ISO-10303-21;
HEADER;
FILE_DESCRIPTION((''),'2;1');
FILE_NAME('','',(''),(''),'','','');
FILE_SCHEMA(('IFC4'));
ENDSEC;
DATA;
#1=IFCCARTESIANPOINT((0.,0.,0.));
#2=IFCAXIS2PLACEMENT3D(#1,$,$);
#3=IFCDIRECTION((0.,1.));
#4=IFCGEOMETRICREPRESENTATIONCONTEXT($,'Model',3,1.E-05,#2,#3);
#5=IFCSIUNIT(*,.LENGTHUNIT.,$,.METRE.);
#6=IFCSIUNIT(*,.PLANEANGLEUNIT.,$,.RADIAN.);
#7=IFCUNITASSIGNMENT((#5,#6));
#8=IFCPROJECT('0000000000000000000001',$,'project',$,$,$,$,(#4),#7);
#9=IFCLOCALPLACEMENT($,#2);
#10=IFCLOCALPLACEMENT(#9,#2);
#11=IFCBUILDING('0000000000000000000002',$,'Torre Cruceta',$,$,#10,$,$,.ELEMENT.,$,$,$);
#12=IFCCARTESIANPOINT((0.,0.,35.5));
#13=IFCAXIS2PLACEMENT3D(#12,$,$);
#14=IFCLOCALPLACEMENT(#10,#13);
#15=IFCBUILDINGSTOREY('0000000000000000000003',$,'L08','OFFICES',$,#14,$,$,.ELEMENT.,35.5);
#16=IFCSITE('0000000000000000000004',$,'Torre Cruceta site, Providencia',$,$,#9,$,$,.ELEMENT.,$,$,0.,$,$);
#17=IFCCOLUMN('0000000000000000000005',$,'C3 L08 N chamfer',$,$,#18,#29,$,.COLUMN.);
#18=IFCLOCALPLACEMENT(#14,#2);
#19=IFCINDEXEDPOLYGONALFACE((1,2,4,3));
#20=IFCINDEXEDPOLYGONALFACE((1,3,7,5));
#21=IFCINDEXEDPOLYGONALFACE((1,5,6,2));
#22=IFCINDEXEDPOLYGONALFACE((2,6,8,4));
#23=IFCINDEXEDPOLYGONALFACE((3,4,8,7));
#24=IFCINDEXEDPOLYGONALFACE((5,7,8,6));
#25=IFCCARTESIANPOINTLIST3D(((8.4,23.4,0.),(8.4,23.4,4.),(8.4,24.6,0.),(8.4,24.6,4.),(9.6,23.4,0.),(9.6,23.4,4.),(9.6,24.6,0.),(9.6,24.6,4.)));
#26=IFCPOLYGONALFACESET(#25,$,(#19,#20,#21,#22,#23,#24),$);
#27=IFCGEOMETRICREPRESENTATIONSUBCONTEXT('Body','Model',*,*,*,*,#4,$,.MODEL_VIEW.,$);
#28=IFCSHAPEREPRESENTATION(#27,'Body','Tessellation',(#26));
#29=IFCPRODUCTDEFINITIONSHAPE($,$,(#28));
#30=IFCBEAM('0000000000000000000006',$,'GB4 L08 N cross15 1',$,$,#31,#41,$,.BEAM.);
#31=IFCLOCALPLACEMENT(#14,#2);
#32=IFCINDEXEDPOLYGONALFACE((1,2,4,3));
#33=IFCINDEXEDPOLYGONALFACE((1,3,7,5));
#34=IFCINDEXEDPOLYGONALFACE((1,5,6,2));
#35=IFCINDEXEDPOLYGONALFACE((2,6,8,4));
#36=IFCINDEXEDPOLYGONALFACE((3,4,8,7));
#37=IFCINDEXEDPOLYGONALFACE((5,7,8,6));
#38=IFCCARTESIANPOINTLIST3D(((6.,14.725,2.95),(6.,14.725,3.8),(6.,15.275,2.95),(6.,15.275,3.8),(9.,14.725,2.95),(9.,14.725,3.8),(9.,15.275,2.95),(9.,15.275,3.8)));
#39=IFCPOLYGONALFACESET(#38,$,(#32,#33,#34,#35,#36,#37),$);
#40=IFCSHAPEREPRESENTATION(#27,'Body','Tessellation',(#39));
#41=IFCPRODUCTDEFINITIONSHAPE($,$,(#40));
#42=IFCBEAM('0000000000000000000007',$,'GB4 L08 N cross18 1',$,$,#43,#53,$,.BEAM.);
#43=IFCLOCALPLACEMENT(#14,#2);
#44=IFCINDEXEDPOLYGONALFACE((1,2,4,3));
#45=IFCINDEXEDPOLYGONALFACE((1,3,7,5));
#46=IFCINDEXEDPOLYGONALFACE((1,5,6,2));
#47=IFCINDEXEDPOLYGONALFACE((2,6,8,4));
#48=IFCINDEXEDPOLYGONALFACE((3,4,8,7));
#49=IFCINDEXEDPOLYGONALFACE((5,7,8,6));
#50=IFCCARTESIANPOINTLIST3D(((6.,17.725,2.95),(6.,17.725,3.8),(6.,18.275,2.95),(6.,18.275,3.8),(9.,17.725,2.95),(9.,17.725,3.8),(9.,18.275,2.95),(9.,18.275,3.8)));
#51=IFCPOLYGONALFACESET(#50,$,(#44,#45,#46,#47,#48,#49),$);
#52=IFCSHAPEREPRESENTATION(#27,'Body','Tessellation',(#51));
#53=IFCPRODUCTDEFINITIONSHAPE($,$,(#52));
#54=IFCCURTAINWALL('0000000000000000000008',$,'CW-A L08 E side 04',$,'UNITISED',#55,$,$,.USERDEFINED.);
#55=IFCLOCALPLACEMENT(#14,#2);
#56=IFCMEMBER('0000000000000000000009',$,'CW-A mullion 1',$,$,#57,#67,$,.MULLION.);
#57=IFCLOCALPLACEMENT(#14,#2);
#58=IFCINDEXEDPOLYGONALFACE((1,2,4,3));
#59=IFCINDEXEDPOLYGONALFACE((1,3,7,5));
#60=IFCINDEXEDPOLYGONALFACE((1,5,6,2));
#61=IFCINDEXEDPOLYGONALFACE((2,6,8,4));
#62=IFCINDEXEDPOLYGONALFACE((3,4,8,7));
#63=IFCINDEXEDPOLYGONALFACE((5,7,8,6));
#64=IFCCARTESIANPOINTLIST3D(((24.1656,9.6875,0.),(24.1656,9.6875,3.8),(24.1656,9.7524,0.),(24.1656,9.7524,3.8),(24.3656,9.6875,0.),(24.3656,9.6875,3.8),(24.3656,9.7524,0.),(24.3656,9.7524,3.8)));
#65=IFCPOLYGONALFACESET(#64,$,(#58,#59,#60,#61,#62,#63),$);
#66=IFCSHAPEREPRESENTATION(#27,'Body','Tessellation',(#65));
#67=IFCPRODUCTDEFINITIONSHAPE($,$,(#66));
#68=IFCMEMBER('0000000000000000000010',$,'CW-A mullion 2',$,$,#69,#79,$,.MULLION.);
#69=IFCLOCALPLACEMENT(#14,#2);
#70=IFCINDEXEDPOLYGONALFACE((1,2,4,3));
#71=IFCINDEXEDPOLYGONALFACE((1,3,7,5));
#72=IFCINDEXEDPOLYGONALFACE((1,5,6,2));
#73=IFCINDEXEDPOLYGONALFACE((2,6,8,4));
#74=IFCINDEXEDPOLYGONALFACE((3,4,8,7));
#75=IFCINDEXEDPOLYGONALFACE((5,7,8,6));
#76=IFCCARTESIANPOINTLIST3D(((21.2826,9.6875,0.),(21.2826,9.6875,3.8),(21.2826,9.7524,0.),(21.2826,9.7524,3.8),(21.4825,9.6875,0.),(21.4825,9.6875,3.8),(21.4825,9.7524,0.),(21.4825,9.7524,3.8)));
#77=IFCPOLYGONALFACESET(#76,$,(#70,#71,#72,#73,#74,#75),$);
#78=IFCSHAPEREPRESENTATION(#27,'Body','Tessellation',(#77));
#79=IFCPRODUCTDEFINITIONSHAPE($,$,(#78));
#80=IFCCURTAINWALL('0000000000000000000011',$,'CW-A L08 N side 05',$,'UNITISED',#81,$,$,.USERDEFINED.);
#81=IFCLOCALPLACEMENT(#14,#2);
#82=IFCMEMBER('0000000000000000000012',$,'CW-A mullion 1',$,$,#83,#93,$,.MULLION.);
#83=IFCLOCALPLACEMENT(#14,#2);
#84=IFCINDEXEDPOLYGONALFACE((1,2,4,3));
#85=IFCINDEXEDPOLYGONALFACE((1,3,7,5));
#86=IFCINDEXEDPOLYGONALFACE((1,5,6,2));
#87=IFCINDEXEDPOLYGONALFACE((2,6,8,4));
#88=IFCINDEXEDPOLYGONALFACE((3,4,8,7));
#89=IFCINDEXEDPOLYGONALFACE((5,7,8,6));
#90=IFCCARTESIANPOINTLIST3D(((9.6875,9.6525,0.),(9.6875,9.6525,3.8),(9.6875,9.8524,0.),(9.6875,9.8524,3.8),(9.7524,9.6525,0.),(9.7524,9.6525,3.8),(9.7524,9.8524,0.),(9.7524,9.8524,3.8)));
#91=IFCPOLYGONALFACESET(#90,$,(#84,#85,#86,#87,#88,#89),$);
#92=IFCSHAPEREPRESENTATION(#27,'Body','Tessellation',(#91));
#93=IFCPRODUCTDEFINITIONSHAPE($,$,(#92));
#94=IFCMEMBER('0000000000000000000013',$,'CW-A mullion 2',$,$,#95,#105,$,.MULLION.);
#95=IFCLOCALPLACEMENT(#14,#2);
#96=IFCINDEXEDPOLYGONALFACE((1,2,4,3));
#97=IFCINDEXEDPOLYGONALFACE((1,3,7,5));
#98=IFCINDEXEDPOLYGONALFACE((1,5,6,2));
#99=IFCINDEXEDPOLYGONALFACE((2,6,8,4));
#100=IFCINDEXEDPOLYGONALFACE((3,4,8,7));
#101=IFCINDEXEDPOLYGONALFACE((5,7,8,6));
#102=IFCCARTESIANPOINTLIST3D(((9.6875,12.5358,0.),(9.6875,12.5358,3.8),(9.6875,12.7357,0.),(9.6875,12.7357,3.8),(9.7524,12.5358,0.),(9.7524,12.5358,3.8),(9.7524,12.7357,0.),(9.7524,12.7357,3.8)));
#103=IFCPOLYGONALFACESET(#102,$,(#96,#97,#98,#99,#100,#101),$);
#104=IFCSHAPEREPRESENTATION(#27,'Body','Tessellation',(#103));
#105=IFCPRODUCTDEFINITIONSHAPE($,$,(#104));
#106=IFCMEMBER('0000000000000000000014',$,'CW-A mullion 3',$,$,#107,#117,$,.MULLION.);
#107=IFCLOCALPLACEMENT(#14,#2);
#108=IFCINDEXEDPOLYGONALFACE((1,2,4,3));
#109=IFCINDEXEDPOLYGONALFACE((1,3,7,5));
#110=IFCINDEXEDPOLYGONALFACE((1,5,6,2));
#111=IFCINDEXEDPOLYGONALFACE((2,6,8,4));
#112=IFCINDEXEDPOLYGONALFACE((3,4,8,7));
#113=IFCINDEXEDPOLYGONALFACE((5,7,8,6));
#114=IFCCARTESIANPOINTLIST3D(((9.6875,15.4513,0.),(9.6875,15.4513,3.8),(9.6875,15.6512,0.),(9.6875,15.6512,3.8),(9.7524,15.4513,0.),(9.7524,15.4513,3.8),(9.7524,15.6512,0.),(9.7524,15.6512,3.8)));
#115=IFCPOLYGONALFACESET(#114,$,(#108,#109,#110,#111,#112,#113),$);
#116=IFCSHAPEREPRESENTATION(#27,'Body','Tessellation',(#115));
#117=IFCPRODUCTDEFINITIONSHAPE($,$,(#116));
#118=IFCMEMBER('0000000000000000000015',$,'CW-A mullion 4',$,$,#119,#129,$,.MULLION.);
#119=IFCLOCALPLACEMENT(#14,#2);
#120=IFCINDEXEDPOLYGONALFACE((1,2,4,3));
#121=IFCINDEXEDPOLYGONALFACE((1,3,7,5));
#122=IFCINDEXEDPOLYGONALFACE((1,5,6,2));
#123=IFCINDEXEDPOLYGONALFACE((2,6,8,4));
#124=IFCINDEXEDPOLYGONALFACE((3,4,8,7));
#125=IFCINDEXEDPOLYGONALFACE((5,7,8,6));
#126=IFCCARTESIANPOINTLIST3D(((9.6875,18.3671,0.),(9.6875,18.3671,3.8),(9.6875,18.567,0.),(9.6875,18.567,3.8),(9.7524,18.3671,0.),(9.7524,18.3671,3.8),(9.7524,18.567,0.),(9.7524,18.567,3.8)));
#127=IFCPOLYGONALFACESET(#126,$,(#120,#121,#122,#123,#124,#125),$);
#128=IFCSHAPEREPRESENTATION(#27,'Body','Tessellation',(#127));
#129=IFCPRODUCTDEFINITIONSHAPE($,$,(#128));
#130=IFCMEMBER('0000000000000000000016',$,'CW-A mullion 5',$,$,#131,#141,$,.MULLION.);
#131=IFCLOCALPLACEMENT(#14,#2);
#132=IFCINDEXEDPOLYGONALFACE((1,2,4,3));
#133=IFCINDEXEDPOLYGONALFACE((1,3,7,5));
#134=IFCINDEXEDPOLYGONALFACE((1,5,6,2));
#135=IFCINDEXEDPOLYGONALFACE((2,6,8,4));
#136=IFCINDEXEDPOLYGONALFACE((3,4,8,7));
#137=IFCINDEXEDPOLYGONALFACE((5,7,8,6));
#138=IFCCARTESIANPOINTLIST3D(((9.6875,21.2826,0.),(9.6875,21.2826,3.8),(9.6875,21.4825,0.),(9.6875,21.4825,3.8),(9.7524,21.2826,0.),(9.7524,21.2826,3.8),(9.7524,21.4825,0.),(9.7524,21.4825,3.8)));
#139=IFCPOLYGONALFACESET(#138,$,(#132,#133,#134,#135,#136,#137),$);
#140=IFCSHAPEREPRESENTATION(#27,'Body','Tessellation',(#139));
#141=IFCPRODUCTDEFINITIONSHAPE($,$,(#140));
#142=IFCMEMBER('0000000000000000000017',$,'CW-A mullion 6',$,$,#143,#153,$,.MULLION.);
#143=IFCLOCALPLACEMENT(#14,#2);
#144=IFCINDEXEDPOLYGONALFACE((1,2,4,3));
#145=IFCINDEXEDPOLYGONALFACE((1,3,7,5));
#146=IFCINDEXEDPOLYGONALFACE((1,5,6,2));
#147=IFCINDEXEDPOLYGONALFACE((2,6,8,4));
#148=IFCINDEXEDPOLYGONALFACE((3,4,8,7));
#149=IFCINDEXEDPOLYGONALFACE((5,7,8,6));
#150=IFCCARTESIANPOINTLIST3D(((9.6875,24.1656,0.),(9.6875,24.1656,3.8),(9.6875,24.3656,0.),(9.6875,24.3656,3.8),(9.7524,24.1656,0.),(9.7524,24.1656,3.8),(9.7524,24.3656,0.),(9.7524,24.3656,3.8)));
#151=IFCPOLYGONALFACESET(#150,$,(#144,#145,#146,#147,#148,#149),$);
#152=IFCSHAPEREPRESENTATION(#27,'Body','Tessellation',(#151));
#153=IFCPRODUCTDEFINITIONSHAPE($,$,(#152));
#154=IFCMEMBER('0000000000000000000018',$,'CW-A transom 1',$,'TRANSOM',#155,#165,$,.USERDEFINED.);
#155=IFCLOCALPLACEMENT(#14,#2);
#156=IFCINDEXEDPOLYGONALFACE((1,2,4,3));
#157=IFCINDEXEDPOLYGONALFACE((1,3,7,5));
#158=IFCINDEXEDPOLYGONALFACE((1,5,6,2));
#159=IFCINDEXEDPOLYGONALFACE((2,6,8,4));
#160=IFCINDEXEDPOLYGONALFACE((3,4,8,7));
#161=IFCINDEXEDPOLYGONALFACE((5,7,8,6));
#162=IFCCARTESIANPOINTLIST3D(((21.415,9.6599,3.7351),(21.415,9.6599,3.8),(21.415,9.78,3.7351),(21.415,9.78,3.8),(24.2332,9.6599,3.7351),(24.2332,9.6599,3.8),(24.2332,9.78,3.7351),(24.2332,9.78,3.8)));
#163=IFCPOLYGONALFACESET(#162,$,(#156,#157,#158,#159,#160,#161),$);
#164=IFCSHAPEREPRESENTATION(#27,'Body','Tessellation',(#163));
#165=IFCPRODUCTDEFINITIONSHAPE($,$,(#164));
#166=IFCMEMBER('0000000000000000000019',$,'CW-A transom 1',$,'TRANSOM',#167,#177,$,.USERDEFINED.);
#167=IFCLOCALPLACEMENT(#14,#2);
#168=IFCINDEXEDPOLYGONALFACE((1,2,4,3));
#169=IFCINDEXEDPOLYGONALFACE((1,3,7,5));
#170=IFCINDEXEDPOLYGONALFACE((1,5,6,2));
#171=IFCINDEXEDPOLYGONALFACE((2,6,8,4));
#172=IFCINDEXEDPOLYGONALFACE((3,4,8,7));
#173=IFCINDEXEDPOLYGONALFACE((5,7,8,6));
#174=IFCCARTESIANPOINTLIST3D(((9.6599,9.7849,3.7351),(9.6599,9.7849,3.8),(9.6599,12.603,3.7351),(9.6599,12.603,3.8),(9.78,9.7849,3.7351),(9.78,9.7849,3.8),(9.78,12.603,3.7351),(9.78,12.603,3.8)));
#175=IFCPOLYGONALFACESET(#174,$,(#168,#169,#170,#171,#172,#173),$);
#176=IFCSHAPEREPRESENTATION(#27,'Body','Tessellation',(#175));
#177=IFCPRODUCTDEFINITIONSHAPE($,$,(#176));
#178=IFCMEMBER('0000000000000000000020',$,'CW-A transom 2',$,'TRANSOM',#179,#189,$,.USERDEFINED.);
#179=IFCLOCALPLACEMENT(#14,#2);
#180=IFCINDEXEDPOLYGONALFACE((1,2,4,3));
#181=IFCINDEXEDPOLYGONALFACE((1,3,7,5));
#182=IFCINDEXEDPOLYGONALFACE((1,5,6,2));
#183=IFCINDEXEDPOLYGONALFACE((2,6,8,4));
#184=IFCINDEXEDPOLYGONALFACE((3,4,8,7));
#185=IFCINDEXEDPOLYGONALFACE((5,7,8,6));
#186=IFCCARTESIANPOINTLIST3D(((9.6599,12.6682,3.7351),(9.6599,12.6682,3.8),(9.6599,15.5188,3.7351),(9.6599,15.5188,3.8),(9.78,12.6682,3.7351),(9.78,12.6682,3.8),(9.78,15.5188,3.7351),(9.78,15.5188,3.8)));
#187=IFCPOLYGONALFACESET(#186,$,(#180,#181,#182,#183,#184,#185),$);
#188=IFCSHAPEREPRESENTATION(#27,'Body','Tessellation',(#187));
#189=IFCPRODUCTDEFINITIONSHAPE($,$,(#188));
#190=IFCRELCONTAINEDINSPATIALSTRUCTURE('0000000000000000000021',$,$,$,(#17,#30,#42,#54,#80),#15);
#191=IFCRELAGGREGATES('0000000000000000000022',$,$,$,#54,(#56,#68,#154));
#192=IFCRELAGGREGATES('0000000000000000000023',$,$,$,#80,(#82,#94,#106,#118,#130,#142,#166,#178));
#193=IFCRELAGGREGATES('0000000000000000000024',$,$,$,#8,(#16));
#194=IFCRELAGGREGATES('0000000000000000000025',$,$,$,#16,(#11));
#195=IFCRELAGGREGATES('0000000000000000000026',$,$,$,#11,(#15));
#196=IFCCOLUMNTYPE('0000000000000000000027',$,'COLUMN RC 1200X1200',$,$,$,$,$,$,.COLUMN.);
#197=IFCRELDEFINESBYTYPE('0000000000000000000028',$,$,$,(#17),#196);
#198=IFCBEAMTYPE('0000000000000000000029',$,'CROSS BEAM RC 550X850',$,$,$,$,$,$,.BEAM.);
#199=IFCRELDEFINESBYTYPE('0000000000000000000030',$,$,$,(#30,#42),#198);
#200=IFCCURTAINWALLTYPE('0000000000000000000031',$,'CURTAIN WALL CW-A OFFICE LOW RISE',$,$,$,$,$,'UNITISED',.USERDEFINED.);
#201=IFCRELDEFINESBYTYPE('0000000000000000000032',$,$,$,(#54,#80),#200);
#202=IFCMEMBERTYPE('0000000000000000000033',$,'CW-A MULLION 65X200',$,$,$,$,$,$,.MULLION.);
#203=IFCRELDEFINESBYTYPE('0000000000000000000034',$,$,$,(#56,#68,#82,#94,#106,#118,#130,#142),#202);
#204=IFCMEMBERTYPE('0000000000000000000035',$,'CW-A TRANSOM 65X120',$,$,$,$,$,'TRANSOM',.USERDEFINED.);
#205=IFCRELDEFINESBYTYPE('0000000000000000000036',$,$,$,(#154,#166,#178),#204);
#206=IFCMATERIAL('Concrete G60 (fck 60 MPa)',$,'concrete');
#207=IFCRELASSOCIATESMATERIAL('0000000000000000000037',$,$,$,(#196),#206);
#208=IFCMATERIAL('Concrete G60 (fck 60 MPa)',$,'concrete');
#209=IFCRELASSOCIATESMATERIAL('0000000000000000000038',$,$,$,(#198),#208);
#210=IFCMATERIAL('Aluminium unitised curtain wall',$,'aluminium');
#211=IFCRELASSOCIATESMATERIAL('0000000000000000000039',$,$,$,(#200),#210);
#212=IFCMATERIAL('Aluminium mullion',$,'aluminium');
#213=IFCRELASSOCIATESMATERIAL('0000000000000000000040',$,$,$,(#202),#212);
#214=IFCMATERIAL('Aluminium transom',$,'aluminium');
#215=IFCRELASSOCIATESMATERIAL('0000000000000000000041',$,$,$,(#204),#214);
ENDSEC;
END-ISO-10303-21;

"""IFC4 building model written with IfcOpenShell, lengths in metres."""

from ifc_helpers import new_model, si_unit, direction, frame, origin, origin_2d, place, context, subcontext, project, spatial, rectangle, extrude, material, material_profile, profile_set, type_object, element, aggregate, save


model = new_model("IFC4")

# Units and contexts
model_context = context("Model", 3, precision=1e-05, world=origin(), true_north=direction((0.0, 1.0)))
body_context = subcontext(model_context, "Body", "Model", "MODEL_VIEW")
ifc_project = project(units=[si_unit("LENGTHUNIT", "METRE"), si_unit("PLANEANGLEUNIT", "RADIAN")], contexts=[model_context])

# Site, building, storey
site_placement = place(None, origin())
site = spatial("IfcSite", under=ifc_project, at=site_placement, Name="Torre Cruceta site, Providencia", CompositionType="ELEMENT", RefElevation=0.0)
building_placement = place(site_placement, origin())
building = spatial("IfcBuilding", under=site, at=building_placement, Name="Torre Cruceta", CompositionType="ELEMENT")
storey_placement = place(building_placement, frame((0.0, 0.0, 35.5)))
storey = spatial("IfcBuildingStorey", under=building, at=storey_placement, Name="L08", Description="OFFICES", CompositionType="ELEMENT", Elevation=35.5)

# Column
ifc_material_1 = material(Name="Concrete G60 (fck 60 MPa)", Category="concrete")
ifc_material_profile_1 = material_profile(ifc_material_1, rectangle(XDim=1.2, YDim=1.2, at=origin_2d()), Name="RC 1200X1200")
ifc_profile_set_1 = profile_set([ifc_material_profile_1], Name="Concrete G60 (fck 60 MPa)")
column_type = type_object("IfcColumnType", Name="COLUMN RC 1200X1200", PredefinedType="COLUMN", material=ifc_profile_set_1)
column_placement = place(storey_placement, frame((9.0, 24.0, 0.0), z_axis=(0.0, 0.0, 1.0), x_axis=(1.0, 0.0, 0.0)))
element("IfcColumn", 1, at=column_placement, inside=storey, type_object=column_type, Name="C3 L08 N chamfer", PredefinedType="COLUMN", context=body_context, shape_type="SweptSolid", body=[
    extrude(rectangle(XDim=1.2, YDim=1.2, at=origin_2d()), origin(), (0.0, 0.0, 1.0), 4.0),
])

# Beams
ifc_material_2 = material(Name="Concrete G60 (fck 60 MPa)", Category="concrete")
ifc_material_profile_2 = material_profile(ifc_material_2, rectangle(XDim=0.55, YDim=0.8501, at=origin_2d()), Name="RC 550X850")
ifc_profile_set_2 = profile_set([ifc_material_profile_2], Name="Concrete G60 (fck 60 MPa)")
beam_type_1 = type_object("IfcBeamType", Name="CROSS BEAM RC 550X850", PredefinedType="BEAM", material=ifc_profile_set_2)
for number, where, z_axis, x_axis, name in (
    (2, (9.0, 15.0, 3.375), (-1.0, 0.0, 0.0), (0.0, -1.0, 0.0), "GB4 L08 N cross15 1"),
    (3, (9.0, 18.0, 3.375), (-1.0, 0.0, 0.0), (0.0, -1.0, 0.0), "GB4 L08 N cross18 1"),
):
    element("IfcBeam", number, at=place(storey_placement, frame(where, z_axis=z_axis, x_axis=x_axis)), inside=storey, type_object=beam_type_1, Name=name, PredefinedType="BEAM", context=body_context, shape_type="SweptSolid", body=[
        extrude(rectangle(XDim=0.55, YDim=0.8501, at=origin_2d()), origin(), (0.0, 0.0, 1.0), 3.0),
    ])

# Curtain walls, members
ifc_material_3 = material(Name="Aluminium unitised curtain wall", Category="aluminium")
curtain_wall_type = type_object("IfcCurtainWallType", Name="CURTAIN WALL CW-A OFFICE LOW RISE", ElementType="UNITISED", PredefinedType="USERDEFINED", material=ifc_material_3)
curtain_wall_1_placement = place(storey_placement, origin())
curtain_wall_1 = element("IfcCurtainWall", 4, at=curtain_wall_1_placement, inside=storey, type_object=curtain_wall_type, Name="CW-A L08 E side 04", ObjectType="UNITISED", PredefinedType="USERDEFINED")
ifc_material_4 = material(Name="Aluminium mullion", Category="aluminium")
ifc_material_profile_3 = material_profile(ifc_material_4, rectangle(XDim=0.0649, YDim=0.2, at=origin_2d()), Name="AL 65X200")
ifc_profile_set_3 = profile_set([ifc_material_profile_3], Name="Aluminium mullion")
member_type_1 = type_object("IfcMemberType", Name="CW-A MULLION 65X200", PredefinedType="MULLION", material=ifc_profile_set_3)
member_1_placement = place(storey_placement, frame((24.2656, 9.72, 0.0), z_axis=(0.0, 0.0, 1.0), x_axis=(0.0, -1.0, 0.0)))
member_1 = element("IfcMember", 5, at=member_1_placement, type_object=member_type_1, Name="CW-A mullion 1", PredefinedType="MULLION", context=body_context, shape_type="SweptSolid", body=[
    extrude(rectangle(XDim=0.0649, YDim=0.2, at=origin_2d()), origin(), (0.0, 0.0, 1.0), 3.8),
])
member_2_placement = place(storey_placement, frame((21.3826, 9.72, 0.0), z_axis=(0.0, 0.0, 1.0), x_axis=(0.0, -1.0, 0.0)))
member_2 = element("IfcMember", 6, at=member_2_placement, type_object=member_type_1, Name="CW-A mullion 2", PredefinedType="MULLION", context=body_context, shape_type="SweptSolid", body=[
    extrude(rectangle(XDim=0.0649, YDim=0.2, at=origin_2d()), origin(), (0.0, 0.0, 1.0), 3.8),
])
curtain_wall_2_placement = place(storey_placement, origin())
curtain_wall_2 = element("IfcCurtainWall", 7, at=curtain_wall_2_placement, inside=storey, type_object=curtain_wall_type, Name="CW-A L08 N side 05", ObjectType="UNITISED", PredefinedType="USERDEFINED")
member_3_placement = place(storey_placement, frame((9.72, 9.7524, 0.0), z_axis=(0.0, 0.0, 1.0), x_axis=(-1.0, 0.0, 0.0)))
member_3 = element("IfcMember", 8, at=member_3_placement, type_object=member_type_1, Name="CW-A mullion 1", PredefinedType="MULLION", context=body_context, shape_type="SweptSolid", body=[
    extrude(rectangle(XDim=0.0649, YDim=0.2, at=origin_2d()), origin(), (0.0, 0.0, 1.0), 3.8),
])
member_4_placement = place(storey_placement, frame((9.72, 12.6357, 0.0), z_axis=(0.0, 0.0, 1.0), x_axis=(-1.0, 0.0, 0.0)))
member_4 = element("IfcMember", 9, at=member_4_placement, type_object=member_type_1, Name="CW-A mullion 2", PredefinedType="MULLION", context=body_context, shape_type="SweptSolid", body=[
    extrude(rectangle(XDim=0.0649, YDim=0.2, at=origin_2d()), origin(), (0.0, 0.0, 1.0), 3.8),
])
member_5_placement = place(storey_placement, frame((9.72, 15.5513, 0.0), z_axis=(0.0, 0.0, 1.0), x_axis=(-1.0, 0.0, 0.0)))
member_5 = element("IfcMember", 10, at=member_5_placement, type_object=member_type_1, Name="CW-A mullion 3", PredefinedType="MULLION", context=body_context, shape_type="SweptSolid", body=[
    extrude(rectangle(XDim=0.0649, YDim=0.2, at=origin_2d()), origin(), (0.0, 0.0, 1.0), 3.8),
])
member_6_placement = place(storey_placement, frame((9.72, 18.467, 0.0), z_axis=(0.0, 0.0, 1.0), x_axis=(-1.0, 0.0, 0.0)))
member_6 = element("IfcMember", 11, at=member_6_placement, type_object=member_type_1, Name="CW-A mullion 4", PredefinedType="MULLION", context=body_context, shape_type="SweptSolid", body=[
    extrude(rectangle(XDim=0.0649, YDim=0.2, at=origin_2d()), origin(), (0.0, 0.0, 1.0), 3.8),
])
member_7_placement = place(storey_placement, frame((9.72, 21.3826, 0.0), z_axis=(0.0, 0.0, 1.0), x_axis=(-1.0, 0.0, 0.0)))
member_7 = element("IfcMember", 12, at=member_7_placement, type_object=member_type_1, Name="CW-A mullion 5", PredefinedType="MULLION", context=body_context, shape_type="SweptSolid", body=[
    extrude(rectangle(XDim=0.0649, YDim=0.2, at=origin_2d()), origin(), (0.0, 0.0, 1.0), 3.8),
])
member_8_placement = place(storey_placement, frame((9.72, 24.2656, 0.0), z_axis=(0.0, 0.0, 1.0), x_axis=(-1.0, 0.0, 0.0)))
member_8 = element("IfcMember", 13, at=member_8_placement, type_object=member_type_1, Name="CW-A mullion 6", PredefinedType="MULLION", context=body_context, shape_type="SweptSolid", body=[
    extrude(rectangle(XDim=0.0649, YDim=0.2, at=origin_2d()), origin(), (0.0, 0.0, 1.0), 3.8),
])

# Members
ifc_material_5 = material(Name="Aluminium transom", Category="aluminium")
ifc_material_profile_4 = material_profile(ifc_material_5, rectangle(XDim=0.1201, YDim=0.0649, at=origin_2d()), Name="AL 120X65")
ifc_profile_set_4 = profile_set([ifc_material_profile_4], Name="Aluminium transom")
member_type_2 = type_object("IfcMemberType", Name="CW-A TRANSOM 65X120", ElementType="TRANSOM", PredefinedType="USERDEFINED", material=ifc_profile_set_4)
member_9_placement = place(storey_placement, frame((24.2332, 9.72, 3.7676), z_axis=(-1.0, 0.0, 0.0), x_axis=(0.0, -1.0, 0.0)))
member_9 = element("IfcMember", 14, at=member_9_placement, type_object=member_type_2, Name="CW-A transom 1", ObjectType="TRANSOM", PredefinedType="USERDEFINED", context=body_context, shape_type="SweptSolid", body=[
    extrude(rectangle(XDim=0.1201, YDim=0.0649, at=origin_2d()), origin(), (0.0, 0.0, 1.0), 2.8181),
])
member_10_placement = place(storey_placement, frame((9.72, 9.7849, 3.7676), z_axis=(0.0, 1.0, 0.0), x_axis=(-1.0, 0.0, 0.0)))
member_10 = element("IfcMember", 15, at=member_10_placement, type_object=member_type_2, Name="CW-A transom 1", ObjectType="TRANSOM", PredefinedType="USERDEFINED", context=body_context, shape_type="SweptSolid", body=[
    extrude(rectangle(XDim=0.1201, YDim=0.0649, at=origin_2d()), origin(), (0.0, 0.0, 1.0), 2.8181),
])
member_11_placement = place(storey_placement, frame((9.72, 12.6682, 3.7676), z_axis=(0.0, 1.0, 0.0), x_axis=(-1.0, 0.0, 0.0)))
member_11 = element("IfcMember", 16, at=member_11_placement, type_object=member_type_2, Name="CW-A transom 2", ObjectType="TRANSOM", PredefinedType="USERDEFINED", context=body_context, shape_type="SweptSolid", body=[
    extrude(rectangle(XDim=0.1201, YDim=0.0649, at=origin_2d()), origin(), (0.0, 0.0, 1.0), 2.8506),
])

aggregate(curtain_wall_1, [member_1, member_2, member_9])
aggregate(curtain_wall_2, [member_3, member_4, member_5, member_6, member_7, member_8, member_10, member_11])

save(model, "model.ifc")
